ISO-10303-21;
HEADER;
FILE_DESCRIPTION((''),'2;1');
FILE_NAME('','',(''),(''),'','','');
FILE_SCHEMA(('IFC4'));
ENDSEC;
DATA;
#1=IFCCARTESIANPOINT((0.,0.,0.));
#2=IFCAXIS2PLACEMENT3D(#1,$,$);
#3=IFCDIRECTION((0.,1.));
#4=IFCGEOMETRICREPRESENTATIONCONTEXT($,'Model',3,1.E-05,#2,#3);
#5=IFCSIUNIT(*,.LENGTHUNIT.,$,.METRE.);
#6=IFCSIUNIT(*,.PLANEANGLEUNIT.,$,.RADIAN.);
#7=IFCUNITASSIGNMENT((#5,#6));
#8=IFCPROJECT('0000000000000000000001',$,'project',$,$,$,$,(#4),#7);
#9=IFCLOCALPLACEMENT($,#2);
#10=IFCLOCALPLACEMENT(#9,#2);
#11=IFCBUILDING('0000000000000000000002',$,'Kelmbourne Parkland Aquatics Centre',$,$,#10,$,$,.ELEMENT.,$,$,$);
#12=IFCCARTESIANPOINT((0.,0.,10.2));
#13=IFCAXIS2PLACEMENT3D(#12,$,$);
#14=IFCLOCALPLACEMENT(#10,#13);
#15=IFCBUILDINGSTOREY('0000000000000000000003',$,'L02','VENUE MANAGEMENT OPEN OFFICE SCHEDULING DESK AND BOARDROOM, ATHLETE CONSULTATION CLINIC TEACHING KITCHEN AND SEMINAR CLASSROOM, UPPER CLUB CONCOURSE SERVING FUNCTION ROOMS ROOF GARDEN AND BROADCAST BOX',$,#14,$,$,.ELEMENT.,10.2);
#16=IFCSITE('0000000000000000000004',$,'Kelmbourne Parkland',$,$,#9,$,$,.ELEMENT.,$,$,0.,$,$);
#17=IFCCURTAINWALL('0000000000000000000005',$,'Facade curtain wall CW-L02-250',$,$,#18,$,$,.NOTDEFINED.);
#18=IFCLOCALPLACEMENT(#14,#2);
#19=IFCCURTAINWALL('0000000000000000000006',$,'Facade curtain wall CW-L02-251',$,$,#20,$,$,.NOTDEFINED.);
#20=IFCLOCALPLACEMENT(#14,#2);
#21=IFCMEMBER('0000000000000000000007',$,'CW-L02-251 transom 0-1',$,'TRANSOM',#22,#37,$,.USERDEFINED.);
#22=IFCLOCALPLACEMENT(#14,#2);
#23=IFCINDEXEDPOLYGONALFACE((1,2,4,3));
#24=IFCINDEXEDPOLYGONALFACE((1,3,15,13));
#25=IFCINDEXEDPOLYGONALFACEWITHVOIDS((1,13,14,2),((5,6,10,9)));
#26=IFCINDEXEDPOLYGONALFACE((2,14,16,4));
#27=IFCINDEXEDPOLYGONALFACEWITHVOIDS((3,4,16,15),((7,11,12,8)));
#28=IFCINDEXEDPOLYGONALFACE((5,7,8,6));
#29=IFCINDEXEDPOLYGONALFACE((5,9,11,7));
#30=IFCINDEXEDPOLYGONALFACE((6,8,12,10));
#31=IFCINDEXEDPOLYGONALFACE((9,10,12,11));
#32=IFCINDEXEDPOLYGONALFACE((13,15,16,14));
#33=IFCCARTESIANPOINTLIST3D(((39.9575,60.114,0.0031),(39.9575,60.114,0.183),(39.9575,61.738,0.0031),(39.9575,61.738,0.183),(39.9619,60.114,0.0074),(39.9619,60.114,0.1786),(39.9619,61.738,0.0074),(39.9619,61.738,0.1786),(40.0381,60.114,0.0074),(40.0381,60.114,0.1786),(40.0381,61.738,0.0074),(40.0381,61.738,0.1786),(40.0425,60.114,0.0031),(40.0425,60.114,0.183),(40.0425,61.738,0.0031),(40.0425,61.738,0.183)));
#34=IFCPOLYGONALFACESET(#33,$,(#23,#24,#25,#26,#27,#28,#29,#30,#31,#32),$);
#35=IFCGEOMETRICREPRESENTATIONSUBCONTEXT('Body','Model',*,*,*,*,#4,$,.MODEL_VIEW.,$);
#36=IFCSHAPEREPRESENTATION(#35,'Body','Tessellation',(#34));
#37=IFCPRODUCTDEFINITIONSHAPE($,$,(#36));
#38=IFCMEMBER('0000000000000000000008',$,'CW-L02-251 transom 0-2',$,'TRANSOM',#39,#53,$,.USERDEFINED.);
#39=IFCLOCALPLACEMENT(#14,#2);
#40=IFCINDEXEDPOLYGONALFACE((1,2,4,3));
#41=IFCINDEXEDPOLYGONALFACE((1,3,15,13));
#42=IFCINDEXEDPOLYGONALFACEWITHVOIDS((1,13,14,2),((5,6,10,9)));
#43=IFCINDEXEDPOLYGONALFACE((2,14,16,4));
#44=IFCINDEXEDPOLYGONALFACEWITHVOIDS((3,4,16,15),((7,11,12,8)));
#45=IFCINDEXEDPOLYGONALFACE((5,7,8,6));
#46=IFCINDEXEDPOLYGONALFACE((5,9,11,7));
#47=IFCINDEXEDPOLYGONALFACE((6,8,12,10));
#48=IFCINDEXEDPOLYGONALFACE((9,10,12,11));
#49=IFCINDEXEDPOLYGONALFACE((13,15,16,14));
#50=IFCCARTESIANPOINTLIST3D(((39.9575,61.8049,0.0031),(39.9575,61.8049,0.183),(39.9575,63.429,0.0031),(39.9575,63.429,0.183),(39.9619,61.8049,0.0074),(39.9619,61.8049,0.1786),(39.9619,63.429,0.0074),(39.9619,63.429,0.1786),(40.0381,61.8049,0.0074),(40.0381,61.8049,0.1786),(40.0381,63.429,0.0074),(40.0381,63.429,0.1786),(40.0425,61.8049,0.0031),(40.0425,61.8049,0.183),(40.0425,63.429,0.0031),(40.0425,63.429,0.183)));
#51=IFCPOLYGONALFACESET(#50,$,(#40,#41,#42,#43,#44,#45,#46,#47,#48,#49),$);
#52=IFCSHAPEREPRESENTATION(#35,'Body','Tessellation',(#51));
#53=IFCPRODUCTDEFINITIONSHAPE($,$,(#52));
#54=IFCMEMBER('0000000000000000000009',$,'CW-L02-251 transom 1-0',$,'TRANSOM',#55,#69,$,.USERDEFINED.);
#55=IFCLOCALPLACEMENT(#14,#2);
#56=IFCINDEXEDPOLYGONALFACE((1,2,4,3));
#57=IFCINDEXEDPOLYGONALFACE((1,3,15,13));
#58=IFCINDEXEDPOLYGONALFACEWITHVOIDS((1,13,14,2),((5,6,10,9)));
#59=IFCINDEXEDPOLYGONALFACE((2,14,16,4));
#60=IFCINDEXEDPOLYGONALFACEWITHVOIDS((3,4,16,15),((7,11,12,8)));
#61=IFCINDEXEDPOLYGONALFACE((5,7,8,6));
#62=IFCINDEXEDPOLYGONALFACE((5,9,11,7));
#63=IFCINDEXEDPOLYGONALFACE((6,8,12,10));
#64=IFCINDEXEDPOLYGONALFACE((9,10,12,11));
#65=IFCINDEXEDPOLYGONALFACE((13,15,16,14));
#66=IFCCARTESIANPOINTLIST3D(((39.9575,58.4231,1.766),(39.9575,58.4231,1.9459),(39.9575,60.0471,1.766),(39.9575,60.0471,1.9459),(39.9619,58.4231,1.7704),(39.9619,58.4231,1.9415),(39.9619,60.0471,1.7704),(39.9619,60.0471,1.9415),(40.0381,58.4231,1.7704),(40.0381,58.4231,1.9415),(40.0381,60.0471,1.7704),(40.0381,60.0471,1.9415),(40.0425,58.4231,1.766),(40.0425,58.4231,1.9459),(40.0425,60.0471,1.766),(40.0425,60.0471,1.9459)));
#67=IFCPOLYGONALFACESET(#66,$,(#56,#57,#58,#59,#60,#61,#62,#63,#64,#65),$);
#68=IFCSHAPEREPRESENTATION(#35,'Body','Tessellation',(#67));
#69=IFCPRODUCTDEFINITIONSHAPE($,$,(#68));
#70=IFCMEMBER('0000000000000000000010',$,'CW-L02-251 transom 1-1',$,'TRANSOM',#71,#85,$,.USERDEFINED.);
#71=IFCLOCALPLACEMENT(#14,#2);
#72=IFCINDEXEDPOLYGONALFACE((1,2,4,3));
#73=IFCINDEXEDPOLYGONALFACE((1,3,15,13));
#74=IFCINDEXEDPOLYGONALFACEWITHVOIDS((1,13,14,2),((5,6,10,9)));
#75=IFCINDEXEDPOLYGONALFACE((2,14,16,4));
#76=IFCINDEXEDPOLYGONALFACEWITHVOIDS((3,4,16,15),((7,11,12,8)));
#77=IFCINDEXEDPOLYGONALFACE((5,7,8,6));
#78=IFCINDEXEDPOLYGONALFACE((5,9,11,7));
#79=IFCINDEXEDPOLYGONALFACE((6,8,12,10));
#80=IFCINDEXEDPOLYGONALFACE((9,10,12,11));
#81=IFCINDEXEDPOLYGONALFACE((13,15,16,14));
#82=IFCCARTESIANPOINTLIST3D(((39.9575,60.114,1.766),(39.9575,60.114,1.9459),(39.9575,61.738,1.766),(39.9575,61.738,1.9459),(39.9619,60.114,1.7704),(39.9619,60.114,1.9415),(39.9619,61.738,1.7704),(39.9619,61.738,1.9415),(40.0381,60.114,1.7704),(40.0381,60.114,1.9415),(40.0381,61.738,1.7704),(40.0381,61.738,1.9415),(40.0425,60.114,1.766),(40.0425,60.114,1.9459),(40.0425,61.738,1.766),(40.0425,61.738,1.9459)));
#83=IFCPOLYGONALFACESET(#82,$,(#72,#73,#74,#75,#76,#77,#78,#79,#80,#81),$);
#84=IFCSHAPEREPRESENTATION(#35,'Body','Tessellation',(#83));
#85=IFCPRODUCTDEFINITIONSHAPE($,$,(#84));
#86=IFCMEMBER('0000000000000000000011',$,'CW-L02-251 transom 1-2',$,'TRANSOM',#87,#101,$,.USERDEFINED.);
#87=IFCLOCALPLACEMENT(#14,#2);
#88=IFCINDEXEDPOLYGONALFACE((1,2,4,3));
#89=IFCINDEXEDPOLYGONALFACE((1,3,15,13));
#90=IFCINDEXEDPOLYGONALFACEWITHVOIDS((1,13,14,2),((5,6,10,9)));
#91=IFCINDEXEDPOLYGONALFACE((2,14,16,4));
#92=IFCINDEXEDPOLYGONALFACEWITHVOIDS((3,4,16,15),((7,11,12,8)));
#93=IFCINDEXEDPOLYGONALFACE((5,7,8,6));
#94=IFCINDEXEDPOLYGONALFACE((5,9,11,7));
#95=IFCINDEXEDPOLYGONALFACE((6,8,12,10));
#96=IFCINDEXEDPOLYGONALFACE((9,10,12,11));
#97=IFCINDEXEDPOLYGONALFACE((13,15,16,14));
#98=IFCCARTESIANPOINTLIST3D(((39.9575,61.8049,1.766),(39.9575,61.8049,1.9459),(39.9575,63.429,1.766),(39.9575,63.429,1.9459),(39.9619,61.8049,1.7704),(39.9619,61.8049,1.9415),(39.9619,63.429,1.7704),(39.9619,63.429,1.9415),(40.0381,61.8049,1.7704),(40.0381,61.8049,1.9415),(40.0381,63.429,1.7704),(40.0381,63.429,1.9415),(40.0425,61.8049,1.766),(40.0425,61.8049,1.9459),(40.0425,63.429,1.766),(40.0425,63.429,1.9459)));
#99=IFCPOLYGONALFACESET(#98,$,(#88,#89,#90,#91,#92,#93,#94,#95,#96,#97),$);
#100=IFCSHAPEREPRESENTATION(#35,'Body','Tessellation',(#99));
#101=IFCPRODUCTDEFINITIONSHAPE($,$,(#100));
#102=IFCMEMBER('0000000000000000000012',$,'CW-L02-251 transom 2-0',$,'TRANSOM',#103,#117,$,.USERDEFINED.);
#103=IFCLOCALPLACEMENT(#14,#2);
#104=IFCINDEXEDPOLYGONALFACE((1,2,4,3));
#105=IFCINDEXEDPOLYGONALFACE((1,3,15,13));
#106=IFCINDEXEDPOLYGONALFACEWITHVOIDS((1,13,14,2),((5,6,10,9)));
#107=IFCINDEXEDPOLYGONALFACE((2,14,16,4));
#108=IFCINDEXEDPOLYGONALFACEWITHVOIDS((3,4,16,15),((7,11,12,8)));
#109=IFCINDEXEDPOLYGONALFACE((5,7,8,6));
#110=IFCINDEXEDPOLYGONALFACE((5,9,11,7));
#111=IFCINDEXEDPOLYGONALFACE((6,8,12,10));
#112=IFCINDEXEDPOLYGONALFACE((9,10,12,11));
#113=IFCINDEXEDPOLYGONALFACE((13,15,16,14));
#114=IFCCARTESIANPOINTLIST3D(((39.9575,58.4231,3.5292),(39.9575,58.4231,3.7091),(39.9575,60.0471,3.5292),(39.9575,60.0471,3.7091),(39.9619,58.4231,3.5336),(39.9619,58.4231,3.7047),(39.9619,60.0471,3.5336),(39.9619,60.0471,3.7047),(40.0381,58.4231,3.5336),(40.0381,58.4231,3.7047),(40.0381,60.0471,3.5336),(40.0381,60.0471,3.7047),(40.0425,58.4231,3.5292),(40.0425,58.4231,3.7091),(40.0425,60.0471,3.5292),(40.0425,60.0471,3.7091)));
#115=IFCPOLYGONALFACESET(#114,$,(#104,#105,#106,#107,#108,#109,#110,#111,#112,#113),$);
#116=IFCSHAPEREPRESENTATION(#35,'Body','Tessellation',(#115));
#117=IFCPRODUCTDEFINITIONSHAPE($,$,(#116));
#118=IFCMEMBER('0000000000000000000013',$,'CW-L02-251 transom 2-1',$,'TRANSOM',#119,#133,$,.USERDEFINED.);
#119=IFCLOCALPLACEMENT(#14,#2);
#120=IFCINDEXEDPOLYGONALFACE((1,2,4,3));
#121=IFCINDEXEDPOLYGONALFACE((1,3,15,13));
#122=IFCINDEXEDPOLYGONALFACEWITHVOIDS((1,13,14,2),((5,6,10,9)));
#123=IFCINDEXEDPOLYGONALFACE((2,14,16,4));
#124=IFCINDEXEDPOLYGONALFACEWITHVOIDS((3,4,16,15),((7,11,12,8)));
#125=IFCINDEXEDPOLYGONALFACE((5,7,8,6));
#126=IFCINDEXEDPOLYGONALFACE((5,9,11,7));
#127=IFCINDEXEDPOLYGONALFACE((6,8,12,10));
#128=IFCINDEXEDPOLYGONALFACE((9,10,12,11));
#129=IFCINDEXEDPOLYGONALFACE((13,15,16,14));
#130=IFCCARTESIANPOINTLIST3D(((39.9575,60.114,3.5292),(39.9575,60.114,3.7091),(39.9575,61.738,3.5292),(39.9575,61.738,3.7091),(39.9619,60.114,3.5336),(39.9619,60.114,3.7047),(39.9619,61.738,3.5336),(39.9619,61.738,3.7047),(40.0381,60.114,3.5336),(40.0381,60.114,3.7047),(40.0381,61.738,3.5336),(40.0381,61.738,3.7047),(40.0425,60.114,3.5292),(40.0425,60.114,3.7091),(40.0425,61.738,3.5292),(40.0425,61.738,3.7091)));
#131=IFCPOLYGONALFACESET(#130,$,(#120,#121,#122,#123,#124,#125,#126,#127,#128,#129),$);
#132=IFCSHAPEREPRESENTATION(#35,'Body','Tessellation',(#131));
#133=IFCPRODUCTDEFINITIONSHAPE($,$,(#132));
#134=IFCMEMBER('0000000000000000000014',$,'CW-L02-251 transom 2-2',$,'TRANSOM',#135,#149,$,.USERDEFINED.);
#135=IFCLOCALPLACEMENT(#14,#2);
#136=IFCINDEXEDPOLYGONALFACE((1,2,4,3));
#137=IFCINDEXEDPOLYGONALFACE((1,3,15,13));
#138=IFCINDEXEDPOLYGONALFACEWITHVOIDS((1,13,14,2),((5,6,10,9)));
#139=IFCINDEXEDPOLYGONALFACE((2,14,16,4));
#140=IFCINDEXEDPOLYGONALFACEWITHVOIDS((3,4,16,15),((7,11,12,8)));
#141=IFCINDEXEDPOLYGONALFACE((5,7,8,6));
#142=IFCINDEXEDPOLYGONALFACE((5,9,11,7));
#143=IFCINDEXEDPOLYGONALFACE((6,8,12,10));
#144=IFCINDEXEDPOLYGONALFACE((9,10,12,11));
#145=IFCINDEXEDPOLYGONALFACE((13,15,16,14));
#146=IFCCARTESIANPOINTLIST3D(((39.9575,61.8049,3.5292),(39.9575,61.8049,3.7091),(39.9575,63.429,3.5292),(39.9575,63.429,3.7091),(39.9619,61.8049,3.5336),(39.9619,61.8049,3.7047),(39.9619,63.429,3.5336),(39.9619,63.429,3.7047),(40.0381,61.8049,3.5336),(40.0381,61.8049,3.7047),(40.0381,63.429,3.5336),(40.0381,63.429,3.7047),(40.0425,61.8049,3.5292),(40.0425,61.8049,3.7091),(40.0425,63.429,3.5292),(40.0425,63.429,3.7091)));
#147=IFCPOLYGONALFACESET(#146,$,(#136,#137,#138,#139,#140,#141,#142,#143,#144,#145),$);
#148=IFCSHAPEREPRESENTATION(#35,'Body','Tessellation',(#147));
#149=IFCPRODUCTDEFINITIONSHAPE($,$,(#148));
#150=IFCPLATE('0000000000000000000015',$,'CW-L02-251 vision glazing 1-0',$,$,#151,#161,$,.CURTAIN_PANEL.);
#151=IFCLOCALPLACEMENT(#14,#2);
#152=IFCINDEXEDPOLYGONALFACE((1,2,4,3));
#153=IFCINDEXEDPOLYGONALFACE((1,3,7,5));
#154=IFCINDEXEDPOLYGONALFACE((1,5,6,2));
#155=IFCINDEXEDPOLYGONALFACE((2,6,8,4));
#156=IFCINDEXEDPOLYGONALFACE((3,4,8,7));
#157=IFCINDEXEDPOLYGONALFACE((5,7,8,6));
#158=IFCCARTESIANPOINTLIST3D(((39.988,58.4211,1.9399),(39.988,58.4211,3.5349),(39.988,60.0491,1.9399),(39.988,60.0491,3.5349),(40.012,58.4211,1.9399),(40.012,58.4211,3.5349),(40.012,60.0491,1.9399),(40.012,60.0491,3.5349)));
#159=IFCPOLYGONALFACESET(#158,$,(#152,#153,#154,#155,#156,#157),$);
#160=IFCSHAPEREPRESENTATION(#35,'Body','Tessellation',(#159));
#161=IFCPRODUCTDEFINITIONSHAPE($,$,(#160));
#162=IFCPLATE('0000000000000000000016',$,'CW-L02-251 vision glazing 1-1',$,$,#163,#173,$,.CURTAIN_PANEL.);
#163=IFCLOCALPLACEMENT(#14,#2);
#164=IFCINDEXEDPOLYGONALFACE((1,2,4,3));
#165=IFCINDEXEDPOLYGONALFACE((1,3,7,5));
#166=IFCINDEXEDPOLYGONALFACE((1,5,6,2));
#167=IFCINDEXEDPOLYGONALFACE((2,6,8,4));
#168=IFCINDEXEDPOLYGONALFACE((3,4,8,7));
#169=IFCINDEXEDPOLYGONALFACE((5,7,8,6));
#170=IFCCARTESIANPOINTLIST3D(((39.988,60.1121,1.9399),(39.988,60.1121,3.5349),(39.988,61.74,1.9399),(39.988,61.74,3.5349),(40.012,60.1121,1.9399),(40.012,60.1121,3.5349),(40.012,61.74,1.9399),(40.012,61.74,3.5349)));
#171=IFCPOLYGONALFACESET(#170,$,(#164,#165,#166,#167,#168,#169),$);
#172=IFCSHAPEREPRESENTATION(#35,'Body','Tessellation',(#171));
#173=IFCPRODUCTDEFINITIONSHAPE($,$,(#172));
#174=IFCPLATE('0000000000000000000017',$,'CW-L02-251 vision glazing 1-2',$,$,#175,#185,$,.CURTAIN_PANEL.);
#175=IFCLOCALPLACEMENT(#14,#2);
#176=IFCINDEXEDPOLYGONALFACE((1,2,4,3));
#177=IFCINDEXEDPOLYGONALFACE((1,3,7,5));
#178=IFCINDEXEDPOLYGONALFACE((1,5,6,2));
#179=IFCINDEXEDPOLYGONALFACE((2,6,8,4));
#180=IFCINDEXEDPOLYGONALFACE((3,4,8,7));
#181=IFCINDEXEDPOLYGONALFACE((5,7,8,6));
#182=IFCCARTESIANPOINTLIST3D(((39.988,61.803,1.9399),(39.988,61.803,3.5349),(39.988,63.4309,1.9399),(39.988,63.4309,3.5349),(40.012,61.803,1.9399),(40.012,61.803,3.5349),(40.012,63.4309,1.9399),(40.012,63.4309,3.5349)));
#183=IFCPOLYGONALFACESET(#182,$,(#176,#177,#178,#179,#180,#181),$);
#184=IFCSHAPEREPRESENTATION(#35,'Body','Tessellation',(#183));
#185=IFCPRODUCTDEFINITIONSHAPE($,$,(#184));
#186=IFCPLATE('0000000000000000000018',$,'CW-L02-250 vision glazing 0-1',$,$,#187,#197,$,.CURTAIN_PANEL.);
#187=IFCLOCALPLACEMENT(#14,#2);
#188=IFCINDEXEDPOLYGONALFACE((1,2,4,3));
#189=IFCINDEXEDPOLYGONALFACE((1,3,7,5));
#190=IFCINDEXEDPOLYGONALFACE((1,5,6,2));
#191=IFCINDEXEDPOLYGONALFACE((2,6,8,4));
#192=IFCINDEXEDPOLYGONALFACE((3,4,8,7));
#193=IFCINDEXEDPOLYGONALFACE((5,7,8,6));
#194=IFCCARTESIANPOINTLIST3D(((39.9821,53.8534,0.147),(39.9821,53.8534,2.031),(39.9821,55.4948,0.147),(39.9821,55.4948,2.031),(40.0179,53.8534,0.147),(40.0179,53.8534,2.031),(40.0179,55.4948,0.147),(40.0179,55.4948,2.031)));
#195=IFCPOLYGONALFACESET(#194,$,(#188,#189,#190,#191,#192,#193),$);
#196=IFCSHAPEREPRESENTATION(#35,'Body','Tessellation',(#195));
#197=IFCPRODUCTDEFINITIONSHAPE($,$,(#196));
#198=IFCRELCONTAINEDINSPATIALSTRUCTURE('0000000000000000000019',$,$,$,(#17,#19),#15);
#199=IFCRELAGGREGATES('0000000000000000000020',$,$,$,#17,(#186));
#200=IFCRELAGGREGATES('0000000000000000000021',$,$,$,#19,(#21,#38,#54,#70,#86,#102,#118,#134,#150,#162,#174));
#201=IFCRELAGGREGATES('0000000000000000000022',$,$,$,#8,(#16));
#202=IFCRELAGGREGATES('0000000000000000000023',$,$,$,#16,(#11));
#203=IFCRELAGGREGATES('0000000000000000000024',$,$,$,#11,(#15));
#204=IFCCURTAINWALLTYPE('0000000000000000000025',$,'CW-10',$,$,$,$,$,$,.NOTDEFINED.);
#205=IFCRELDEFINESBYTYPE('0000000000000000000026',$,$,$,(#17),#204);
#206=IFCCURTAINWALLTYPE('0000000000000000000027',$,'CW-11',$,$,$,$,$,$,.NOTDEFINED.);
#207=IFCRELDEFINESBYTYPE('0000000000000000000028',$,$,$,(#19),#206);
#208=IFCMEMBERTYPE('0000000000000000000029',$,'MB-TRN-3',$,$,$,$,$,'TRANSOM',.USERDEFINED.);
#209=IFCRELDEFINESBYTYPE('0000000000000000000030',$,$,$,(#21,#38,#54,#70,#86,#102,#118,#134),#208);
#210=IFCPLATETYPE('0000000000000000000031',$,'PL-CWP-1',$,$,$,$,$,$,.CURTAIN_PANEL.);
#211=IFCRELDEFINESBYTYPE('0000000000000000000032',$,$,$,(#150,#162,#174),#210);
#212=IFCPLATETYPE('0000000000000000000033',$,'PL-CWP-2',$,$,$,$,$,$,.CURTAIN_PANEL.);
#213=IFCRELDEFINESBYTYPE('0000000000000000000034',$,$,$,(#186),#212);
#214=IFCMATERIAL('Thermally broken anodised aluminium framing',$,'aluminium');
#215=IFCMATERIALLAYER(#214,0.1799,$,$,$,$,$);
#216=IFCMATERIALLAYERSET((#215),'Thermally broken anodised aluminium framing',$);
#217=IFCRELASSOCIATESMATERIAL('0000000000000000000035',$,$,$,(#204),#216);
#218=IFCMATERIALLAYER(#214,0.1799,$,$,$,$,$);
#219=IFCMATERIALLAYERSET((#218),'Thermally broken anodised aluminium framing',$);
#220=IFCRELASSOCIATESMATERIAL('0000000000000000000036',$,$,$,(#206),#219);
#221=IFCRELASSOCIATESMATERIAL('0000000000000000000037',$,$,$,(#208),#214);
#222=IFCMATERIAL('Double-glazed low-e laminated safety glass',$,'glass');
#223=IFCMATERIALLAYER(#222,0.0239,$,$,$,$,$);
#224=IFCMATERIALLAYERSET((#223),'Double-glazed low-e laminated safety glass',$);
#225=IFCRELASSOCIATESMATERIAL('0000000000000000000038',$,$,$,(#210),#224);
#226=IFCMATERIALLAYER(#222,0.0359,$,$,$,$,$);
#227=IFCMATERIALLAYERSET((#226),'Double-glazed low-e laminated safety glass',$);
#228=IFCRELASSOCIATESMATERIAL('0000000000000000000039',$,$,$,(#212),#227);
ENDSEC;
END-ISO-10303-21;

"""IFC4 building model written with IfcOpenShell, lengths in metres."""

from ifc_helpers import new_model, si_unit, direction, frame, origin, origin_2d, place, context, subcontext, project, spatial, rectangle, hollow_rectangle, extrude, material, layer, layer_set, material_profile, profile_set, type_object, element, aggregate, save


model = new_model("IFC4")

# Units and contexts
model_context = context("Model", 3, precision=1e-05, world=origin(), true_north=direction((0.0, 1.0)))
body_context = subcontext(model_context, "Body", "Model", "MODEL_VIEW")
ifc_project = project(units=[si_unit("LENGTHUNIT", "METRE"), si_unit("PLANEANGLEUNIT", "RADIAN")], contexts=[model_context])

# Site, building, storey
site_placement = place(None, origin())
site = spatial("IfcSite", under=ifc_project, at=site_placement, Name="Kelmbourne Parkland", CompositionType="ELEMENT", RefElevation=0.0)
building_placement = place(site_placement, origin())
building = spatial("IfcBuilding", under=site, at=building_placement, Name="Kelmbourne Parkland Aquatics Centre", CompositionType="ELEMENT")
storey_placement = place(building_placement, frame((0.0, 0.0, 10.2)))
storey = spatial("IfcBuildingStorey", under=building, at=storey_placement, Name="L02", Description="VENUE MANAGEMENT OPEN OFFICE SCHEDULING DESK AND BOARDROOM, ATHLETE CONSULTATION CLINIC TEACHING KITCHEN AND SEMINAR CLASSROOM, UPPER CLUB CONCOURSE SERVING FUNCTION ROOMS ROOF GARDEN AND BROADCAST BOX", CompositionType="ELEMENT", Elevation=10.2)

# Curtain walls
ifc_material_1 = material(Name="Thermally broken anodised aluminium framing", Category="aluminium")
ifc_layer_1 = layer(ifc_material_1, 0.1799)
ifc_layer_set_1 = layer_set([ifc_layer_1], Name="Thermally broken anodised aluminium framing")
curtain_wall_type_1 = type_object("IfcCurtainWallType", Name="CW-10", PredefinedType="NOTDEFINED", material=ifc_layer_set_1)
curtain_wall_1_placement = place(storey_placement, origin())
curtain_wall_1 = element("IfcCurtainWall", 1, at=curtain_wall_1_placement, inside=storey, type_object=curtain_wall_type_1, Name="Facade curtain wall CW-L02-250", PredefinedType="NOTDEFINED")
ifc_layer_2 = layer(ifc_material_1, 0.1799)
ifc_layer_set_2 = layer_set([ifc_layer_2], Name="Thermally broken anodised aluminium framing")
curtain_wall_type_2 = type_object("IfcCurtainWallType", Name="CW-11", PredefinedType="NOTDEFINED", material=ifc_layer_set_2)
curtain_wall_2_placement = place(storey_placement, origin())
curtain_wall_2 = element("IfcCurtainWall", 2, at=curtain_wall_2_placement, inside=storey, type_object=curtain_wall_type_2, Name="Facade curtain wall CW-L02-251", PredefinedType="NOTDEFINED")

# Members
ifc_material_profile_1 = material_profile(ifc_material_1, hollow_rectangle(XDim=0.085, YDim=0.1799, WallThickness=0.0044, at=origin_2d()), Name="CW-T 85x180")
ifc_profile_set_1 = profile_set([ifc_material_profile_1], Name="Thermally broken anodised aluminium framing")
member_type_1 = type_object("IfcMemberType", Name="MB-TRN-3", ElementType="TRANSOM", PredefinedType="USERDEFINED", material=ifc_profile_set_1)
member_1_placement = place(storey_placement, frame((40.0, 60.114, 0.093), z_axis=(0.0, 1.0, 0.0), x_axis=(-1.0, 0.0, 0.0)))
member_1 = element("IfcMember", 3, at=member_1_placement, type_object=member_type_1, Name="CW-L02-251 transom 0-1", ObjectType="TRANSOM", PredefinedType="USERDEFINED", context=body_context, shape_type="SweptSolid", body=[
    extrude(hollow_rectangle(XDim=0.085, YDim=0.1799, WallThickness=0.0044, at=origin_2d()), origin(), (0.0, 0.0, 1.0), 1.624),
])
member_2_placement = place(storey_placement, frame((40.0, 61.8049, 0.093), z_axis=(0.0, 1.0, 0.0), x_axis=(-1.0, 0.0, 0.0)))
member_2 = element("IfcMember", 4, at=member_2_placement, type_object=member_type_1, Name="CW-L02-251 transom 0-2", ObjectType="TRANSOM", PredefinedType="USERDEFINED", context=body_context, shape_type="SweptSolid", body=[
    extrude(hollow_rectangle(XDim=0.085, YDim=0.1799, WallThickness=0.0044, at=origin_2d()), origin(), (0.0, 0.0, 1.0), 1.624),
])
member_3_placement = place(storey_placement, frame((40.0, 58.4231, 1.856), z_axis=(0.0, 1.0, 0.0), x_axis=(-1.0, 0.0, 0.0)))
member_3 = element("IfcMember", 5, at=member_3_placement, type_object=member_type_1, Name="CW-L02-251 transom 1-0", ObjectType="TRANSOM", PredefinedType="USERDEFINED", context=body_context, shape_type="SweptSolid", body=[
    extrude(hollow_rectangle(XDim=0.085, YDim=0.1799, WallThickness=0.0044, at=origin_2d()), origin(), (0.0, 0.0, 1.0), 1.624),
])
member_4_placement = place(storey_placement, frame((40.0, 60.114, 1.856), z_axis=(0.0, 1.0, 0.0), x_axis=(-1.0, 0.0, 0.0)))
member_4 = element("IfcMember", 6, at=member_4_placement, type_object=member_type_1, Name="CW-L02-251 transom 1-1", ObjectType="TRANSOM", PredefinedType="USERDEFINED", context=body_context, shape_type="SweptSolid", body=[
    extrude(hollow_rectangle(XDim=0.085, YDim=0.1799, WallThickness=0.0044, at=origin_2d()), origin(), (0.0, 0.0, 1.0), 1.624),
])
member_5_placement = place(storey_placement, frame((40.0, 61.8049, 1.856), z_axis=(0.0, 1.0, 0.0), x_axis=(-1.0, 0.0, 0.0)))
member_5 = element("IfcMember", 7, at=member_5_placement, type_object=member_type_1, Name="CW-L02-251 transom 1-2", ObjectType="TRANSOM", PredefinedType="USERDEFINED", context=body_context, shape_type="SweptSolid", body=[
    extrude(hollow_rectangle(XDim=0.085, YDim=0.1799, WallThickness=0.0044, at=origin_2d()), origin(), (0.0, 0.0, 1.0), 1.624),
])
member_6_placement = place(storey_placement, frame((40.0, 58.4231, 3.6191), z_axis=(0.0, 1.0, 0.0), x_axis=(-1.0, 0.0, 0.0)))
member_6 = element("IfcMember", 8, at=member_6_placement, type_object=member_type_1, Name="CW-L02-251 transom 2-0", ObjectType="TRANSOM", PredefinedType="USERDEFINED", context=body_context, shape_type="SweptSolid", body=[
    extrude(hollow_rectangle(XDim=0.085, YDim=0.1799, WallThickness=0.0044, at=origin_2d()), origin(), (0.0, 0.0, 1.0), 1.624),
])
member_7_placement = place(storey_placement, frame((40.0, 60.114, 3.6191), z_axis=(0.0, 1.0, 0.0), x_axis=(-1.0, 0.0, 0.0)))
member_7 = element("IfcMember", 9, at=member_7_placement, type_object=member_type_1, Name="CW-L02-251 transom 2-1", ObjectType="TRANSOM", PredefinedType="USERDEFINED", context=body_context, shape_type="SweptSolid", body=[
    extrude(hollow_rectangle(XDim=0.085, YDim=0.1799, WallThickness=0.0044, at=origin_2d()), origin(), (0.0, 0.0, 1.0), 1.624),
])
member_8_placement = place(storey_placement, frame((40.0, 61.8049, 3.6191), z_axis=(0.0, 1.0, 0.0), x_axis=(-1.0, 0.0, 0.0)))
member_8 = element("IfcMember", 10, at=member_8_placement, type_object=member_type_1, Name="CW-L02-251 transom 2-2", ObjectType="TRANSOM", PredefinedType="USERDEFINED", context=body_context, shape_type="SweptSolid", body=[
    extrude(hollow_rectangle(XDim=0.085, YDim=0.1799, WallThickness=0.0044, at=origin_2d()), origin(), (0.0, 0.0, 1.0), 1.624),
])

# Plates
ifc_material_2 = material(Name="Double-glazed low-e laminated safety glass", Category="glass")
ifc_layer_3 = layer(ifc_material_2, 0.0239)
ifc_layer_set_3 = layer_set([ifc_layer_3], Name="Double-glazed low-e laminated safety glass")
plate_type_1 = type_object("IfcPlateType", Name="PL-CWP-1", PredefinedType="CURTAIN_PANEL", material=ifc_layer_set_3)
plate_1_placement = place(storey_placement, frame((40.0, 59.2351, 1.9399), z_axis=(0.0, 0.0, 1.0), x_axis=(0.0, 1.0, 0.0)))
plate_1 = element("IfcPlate", 11, at=plate_1_placement, type_object=plate_type_1, Name="CW-L02-251 vision glazing 1-0", PredefinedType="CURTAIN_PANEL", context=body_context, shape_type="SweptSolid", body=[
    extrude(rectangle(XDim=1.6279, YDim=0.0239, at=origin_2d()), origin(), (0.0, 0.0, 1.0), 1.595),
])
plate_2_placement = place(storey_placement, frame((40.0, 60.926, 1.9399), z_axis=(0.0, 0.0, 1.0), x_axis=(0.0, 1.0, 0.0)))
plate_2 = element("IfcPlate", 12, at=plate_2_placement, type_object=plate_type_1, Name="CW-L02-251 vision glazing 1-1", PredefinedType="CURTAIN_PANEL", context=body_context, shape_type="SweptSolid", body=[
    extrude(rectangle(XDim=1.6279, YDim=0.0239, at=origin_2d()), origin(), (0.0, 0.0, 1.0), 1.595),
])
plate_3_placement = place(storey_placement, frame((40.0, 62.6169, 1.9399), z_axis=(0.0, 0.0, 1.0), x_axis=(0.0, 1.0, 0.0)))
plate_3 = element("IfcPlate", 13, at=plate_3_placement, type_object=plate_type_1, Name="CW-L02-251 vision glazing 1-2", PredefinedType="CURTAIN_PANEL", context=body_context, shape_type="SweptSolid", body=[
    extrude(rectangle(XDim=1.6279, YDim=0.0239, at=origin_2d()), origin(), (0.0, 0.0, 1.0), 1.595),
])
ifc_layer_4 = layer(ifc_material_2, 0.0359)
ifc_layer_set_4 = layer_set([ifc_layer_4], Name="Double-glazed low-e laminated safety glass")
plate_type_2 = type_object("IfcPlateType", Name="PL-CWP-2", PredefinedType="CURTAIN_PANEL", material=ifc_layer_set_4)
plate_4_placement = place(storey_placement, frame((40.0, 54.6741, 0.147), z_axis=(0.0, 0.0, 1.0), x_axis=(0.0, 1.0, 0.0)))
plate_4 = element("IfcPlate", 14, at=plate_4_placement, type_object=plate_type_2, Name="CW-L02-250 vision glazing 0-1", PredefinedType="CURTAIN_PANEL", context=body_context, shape_type="SweptSolid", body=[
    extrude(rectangle(XDim=1.6414, YDim=0.0359, at=origin_2d()), origin(), (0.0, 0.0, 1.0), 1.884),
])
aggregate(curtain_wall_1, [plate_4])
aggregate(curtain_wall_2, [member_1, member_2, member_3, member_4, member_5, member_6, member_7, member_8, plate_1, plate_2, plate_3])

save(model, "model.ifc")
